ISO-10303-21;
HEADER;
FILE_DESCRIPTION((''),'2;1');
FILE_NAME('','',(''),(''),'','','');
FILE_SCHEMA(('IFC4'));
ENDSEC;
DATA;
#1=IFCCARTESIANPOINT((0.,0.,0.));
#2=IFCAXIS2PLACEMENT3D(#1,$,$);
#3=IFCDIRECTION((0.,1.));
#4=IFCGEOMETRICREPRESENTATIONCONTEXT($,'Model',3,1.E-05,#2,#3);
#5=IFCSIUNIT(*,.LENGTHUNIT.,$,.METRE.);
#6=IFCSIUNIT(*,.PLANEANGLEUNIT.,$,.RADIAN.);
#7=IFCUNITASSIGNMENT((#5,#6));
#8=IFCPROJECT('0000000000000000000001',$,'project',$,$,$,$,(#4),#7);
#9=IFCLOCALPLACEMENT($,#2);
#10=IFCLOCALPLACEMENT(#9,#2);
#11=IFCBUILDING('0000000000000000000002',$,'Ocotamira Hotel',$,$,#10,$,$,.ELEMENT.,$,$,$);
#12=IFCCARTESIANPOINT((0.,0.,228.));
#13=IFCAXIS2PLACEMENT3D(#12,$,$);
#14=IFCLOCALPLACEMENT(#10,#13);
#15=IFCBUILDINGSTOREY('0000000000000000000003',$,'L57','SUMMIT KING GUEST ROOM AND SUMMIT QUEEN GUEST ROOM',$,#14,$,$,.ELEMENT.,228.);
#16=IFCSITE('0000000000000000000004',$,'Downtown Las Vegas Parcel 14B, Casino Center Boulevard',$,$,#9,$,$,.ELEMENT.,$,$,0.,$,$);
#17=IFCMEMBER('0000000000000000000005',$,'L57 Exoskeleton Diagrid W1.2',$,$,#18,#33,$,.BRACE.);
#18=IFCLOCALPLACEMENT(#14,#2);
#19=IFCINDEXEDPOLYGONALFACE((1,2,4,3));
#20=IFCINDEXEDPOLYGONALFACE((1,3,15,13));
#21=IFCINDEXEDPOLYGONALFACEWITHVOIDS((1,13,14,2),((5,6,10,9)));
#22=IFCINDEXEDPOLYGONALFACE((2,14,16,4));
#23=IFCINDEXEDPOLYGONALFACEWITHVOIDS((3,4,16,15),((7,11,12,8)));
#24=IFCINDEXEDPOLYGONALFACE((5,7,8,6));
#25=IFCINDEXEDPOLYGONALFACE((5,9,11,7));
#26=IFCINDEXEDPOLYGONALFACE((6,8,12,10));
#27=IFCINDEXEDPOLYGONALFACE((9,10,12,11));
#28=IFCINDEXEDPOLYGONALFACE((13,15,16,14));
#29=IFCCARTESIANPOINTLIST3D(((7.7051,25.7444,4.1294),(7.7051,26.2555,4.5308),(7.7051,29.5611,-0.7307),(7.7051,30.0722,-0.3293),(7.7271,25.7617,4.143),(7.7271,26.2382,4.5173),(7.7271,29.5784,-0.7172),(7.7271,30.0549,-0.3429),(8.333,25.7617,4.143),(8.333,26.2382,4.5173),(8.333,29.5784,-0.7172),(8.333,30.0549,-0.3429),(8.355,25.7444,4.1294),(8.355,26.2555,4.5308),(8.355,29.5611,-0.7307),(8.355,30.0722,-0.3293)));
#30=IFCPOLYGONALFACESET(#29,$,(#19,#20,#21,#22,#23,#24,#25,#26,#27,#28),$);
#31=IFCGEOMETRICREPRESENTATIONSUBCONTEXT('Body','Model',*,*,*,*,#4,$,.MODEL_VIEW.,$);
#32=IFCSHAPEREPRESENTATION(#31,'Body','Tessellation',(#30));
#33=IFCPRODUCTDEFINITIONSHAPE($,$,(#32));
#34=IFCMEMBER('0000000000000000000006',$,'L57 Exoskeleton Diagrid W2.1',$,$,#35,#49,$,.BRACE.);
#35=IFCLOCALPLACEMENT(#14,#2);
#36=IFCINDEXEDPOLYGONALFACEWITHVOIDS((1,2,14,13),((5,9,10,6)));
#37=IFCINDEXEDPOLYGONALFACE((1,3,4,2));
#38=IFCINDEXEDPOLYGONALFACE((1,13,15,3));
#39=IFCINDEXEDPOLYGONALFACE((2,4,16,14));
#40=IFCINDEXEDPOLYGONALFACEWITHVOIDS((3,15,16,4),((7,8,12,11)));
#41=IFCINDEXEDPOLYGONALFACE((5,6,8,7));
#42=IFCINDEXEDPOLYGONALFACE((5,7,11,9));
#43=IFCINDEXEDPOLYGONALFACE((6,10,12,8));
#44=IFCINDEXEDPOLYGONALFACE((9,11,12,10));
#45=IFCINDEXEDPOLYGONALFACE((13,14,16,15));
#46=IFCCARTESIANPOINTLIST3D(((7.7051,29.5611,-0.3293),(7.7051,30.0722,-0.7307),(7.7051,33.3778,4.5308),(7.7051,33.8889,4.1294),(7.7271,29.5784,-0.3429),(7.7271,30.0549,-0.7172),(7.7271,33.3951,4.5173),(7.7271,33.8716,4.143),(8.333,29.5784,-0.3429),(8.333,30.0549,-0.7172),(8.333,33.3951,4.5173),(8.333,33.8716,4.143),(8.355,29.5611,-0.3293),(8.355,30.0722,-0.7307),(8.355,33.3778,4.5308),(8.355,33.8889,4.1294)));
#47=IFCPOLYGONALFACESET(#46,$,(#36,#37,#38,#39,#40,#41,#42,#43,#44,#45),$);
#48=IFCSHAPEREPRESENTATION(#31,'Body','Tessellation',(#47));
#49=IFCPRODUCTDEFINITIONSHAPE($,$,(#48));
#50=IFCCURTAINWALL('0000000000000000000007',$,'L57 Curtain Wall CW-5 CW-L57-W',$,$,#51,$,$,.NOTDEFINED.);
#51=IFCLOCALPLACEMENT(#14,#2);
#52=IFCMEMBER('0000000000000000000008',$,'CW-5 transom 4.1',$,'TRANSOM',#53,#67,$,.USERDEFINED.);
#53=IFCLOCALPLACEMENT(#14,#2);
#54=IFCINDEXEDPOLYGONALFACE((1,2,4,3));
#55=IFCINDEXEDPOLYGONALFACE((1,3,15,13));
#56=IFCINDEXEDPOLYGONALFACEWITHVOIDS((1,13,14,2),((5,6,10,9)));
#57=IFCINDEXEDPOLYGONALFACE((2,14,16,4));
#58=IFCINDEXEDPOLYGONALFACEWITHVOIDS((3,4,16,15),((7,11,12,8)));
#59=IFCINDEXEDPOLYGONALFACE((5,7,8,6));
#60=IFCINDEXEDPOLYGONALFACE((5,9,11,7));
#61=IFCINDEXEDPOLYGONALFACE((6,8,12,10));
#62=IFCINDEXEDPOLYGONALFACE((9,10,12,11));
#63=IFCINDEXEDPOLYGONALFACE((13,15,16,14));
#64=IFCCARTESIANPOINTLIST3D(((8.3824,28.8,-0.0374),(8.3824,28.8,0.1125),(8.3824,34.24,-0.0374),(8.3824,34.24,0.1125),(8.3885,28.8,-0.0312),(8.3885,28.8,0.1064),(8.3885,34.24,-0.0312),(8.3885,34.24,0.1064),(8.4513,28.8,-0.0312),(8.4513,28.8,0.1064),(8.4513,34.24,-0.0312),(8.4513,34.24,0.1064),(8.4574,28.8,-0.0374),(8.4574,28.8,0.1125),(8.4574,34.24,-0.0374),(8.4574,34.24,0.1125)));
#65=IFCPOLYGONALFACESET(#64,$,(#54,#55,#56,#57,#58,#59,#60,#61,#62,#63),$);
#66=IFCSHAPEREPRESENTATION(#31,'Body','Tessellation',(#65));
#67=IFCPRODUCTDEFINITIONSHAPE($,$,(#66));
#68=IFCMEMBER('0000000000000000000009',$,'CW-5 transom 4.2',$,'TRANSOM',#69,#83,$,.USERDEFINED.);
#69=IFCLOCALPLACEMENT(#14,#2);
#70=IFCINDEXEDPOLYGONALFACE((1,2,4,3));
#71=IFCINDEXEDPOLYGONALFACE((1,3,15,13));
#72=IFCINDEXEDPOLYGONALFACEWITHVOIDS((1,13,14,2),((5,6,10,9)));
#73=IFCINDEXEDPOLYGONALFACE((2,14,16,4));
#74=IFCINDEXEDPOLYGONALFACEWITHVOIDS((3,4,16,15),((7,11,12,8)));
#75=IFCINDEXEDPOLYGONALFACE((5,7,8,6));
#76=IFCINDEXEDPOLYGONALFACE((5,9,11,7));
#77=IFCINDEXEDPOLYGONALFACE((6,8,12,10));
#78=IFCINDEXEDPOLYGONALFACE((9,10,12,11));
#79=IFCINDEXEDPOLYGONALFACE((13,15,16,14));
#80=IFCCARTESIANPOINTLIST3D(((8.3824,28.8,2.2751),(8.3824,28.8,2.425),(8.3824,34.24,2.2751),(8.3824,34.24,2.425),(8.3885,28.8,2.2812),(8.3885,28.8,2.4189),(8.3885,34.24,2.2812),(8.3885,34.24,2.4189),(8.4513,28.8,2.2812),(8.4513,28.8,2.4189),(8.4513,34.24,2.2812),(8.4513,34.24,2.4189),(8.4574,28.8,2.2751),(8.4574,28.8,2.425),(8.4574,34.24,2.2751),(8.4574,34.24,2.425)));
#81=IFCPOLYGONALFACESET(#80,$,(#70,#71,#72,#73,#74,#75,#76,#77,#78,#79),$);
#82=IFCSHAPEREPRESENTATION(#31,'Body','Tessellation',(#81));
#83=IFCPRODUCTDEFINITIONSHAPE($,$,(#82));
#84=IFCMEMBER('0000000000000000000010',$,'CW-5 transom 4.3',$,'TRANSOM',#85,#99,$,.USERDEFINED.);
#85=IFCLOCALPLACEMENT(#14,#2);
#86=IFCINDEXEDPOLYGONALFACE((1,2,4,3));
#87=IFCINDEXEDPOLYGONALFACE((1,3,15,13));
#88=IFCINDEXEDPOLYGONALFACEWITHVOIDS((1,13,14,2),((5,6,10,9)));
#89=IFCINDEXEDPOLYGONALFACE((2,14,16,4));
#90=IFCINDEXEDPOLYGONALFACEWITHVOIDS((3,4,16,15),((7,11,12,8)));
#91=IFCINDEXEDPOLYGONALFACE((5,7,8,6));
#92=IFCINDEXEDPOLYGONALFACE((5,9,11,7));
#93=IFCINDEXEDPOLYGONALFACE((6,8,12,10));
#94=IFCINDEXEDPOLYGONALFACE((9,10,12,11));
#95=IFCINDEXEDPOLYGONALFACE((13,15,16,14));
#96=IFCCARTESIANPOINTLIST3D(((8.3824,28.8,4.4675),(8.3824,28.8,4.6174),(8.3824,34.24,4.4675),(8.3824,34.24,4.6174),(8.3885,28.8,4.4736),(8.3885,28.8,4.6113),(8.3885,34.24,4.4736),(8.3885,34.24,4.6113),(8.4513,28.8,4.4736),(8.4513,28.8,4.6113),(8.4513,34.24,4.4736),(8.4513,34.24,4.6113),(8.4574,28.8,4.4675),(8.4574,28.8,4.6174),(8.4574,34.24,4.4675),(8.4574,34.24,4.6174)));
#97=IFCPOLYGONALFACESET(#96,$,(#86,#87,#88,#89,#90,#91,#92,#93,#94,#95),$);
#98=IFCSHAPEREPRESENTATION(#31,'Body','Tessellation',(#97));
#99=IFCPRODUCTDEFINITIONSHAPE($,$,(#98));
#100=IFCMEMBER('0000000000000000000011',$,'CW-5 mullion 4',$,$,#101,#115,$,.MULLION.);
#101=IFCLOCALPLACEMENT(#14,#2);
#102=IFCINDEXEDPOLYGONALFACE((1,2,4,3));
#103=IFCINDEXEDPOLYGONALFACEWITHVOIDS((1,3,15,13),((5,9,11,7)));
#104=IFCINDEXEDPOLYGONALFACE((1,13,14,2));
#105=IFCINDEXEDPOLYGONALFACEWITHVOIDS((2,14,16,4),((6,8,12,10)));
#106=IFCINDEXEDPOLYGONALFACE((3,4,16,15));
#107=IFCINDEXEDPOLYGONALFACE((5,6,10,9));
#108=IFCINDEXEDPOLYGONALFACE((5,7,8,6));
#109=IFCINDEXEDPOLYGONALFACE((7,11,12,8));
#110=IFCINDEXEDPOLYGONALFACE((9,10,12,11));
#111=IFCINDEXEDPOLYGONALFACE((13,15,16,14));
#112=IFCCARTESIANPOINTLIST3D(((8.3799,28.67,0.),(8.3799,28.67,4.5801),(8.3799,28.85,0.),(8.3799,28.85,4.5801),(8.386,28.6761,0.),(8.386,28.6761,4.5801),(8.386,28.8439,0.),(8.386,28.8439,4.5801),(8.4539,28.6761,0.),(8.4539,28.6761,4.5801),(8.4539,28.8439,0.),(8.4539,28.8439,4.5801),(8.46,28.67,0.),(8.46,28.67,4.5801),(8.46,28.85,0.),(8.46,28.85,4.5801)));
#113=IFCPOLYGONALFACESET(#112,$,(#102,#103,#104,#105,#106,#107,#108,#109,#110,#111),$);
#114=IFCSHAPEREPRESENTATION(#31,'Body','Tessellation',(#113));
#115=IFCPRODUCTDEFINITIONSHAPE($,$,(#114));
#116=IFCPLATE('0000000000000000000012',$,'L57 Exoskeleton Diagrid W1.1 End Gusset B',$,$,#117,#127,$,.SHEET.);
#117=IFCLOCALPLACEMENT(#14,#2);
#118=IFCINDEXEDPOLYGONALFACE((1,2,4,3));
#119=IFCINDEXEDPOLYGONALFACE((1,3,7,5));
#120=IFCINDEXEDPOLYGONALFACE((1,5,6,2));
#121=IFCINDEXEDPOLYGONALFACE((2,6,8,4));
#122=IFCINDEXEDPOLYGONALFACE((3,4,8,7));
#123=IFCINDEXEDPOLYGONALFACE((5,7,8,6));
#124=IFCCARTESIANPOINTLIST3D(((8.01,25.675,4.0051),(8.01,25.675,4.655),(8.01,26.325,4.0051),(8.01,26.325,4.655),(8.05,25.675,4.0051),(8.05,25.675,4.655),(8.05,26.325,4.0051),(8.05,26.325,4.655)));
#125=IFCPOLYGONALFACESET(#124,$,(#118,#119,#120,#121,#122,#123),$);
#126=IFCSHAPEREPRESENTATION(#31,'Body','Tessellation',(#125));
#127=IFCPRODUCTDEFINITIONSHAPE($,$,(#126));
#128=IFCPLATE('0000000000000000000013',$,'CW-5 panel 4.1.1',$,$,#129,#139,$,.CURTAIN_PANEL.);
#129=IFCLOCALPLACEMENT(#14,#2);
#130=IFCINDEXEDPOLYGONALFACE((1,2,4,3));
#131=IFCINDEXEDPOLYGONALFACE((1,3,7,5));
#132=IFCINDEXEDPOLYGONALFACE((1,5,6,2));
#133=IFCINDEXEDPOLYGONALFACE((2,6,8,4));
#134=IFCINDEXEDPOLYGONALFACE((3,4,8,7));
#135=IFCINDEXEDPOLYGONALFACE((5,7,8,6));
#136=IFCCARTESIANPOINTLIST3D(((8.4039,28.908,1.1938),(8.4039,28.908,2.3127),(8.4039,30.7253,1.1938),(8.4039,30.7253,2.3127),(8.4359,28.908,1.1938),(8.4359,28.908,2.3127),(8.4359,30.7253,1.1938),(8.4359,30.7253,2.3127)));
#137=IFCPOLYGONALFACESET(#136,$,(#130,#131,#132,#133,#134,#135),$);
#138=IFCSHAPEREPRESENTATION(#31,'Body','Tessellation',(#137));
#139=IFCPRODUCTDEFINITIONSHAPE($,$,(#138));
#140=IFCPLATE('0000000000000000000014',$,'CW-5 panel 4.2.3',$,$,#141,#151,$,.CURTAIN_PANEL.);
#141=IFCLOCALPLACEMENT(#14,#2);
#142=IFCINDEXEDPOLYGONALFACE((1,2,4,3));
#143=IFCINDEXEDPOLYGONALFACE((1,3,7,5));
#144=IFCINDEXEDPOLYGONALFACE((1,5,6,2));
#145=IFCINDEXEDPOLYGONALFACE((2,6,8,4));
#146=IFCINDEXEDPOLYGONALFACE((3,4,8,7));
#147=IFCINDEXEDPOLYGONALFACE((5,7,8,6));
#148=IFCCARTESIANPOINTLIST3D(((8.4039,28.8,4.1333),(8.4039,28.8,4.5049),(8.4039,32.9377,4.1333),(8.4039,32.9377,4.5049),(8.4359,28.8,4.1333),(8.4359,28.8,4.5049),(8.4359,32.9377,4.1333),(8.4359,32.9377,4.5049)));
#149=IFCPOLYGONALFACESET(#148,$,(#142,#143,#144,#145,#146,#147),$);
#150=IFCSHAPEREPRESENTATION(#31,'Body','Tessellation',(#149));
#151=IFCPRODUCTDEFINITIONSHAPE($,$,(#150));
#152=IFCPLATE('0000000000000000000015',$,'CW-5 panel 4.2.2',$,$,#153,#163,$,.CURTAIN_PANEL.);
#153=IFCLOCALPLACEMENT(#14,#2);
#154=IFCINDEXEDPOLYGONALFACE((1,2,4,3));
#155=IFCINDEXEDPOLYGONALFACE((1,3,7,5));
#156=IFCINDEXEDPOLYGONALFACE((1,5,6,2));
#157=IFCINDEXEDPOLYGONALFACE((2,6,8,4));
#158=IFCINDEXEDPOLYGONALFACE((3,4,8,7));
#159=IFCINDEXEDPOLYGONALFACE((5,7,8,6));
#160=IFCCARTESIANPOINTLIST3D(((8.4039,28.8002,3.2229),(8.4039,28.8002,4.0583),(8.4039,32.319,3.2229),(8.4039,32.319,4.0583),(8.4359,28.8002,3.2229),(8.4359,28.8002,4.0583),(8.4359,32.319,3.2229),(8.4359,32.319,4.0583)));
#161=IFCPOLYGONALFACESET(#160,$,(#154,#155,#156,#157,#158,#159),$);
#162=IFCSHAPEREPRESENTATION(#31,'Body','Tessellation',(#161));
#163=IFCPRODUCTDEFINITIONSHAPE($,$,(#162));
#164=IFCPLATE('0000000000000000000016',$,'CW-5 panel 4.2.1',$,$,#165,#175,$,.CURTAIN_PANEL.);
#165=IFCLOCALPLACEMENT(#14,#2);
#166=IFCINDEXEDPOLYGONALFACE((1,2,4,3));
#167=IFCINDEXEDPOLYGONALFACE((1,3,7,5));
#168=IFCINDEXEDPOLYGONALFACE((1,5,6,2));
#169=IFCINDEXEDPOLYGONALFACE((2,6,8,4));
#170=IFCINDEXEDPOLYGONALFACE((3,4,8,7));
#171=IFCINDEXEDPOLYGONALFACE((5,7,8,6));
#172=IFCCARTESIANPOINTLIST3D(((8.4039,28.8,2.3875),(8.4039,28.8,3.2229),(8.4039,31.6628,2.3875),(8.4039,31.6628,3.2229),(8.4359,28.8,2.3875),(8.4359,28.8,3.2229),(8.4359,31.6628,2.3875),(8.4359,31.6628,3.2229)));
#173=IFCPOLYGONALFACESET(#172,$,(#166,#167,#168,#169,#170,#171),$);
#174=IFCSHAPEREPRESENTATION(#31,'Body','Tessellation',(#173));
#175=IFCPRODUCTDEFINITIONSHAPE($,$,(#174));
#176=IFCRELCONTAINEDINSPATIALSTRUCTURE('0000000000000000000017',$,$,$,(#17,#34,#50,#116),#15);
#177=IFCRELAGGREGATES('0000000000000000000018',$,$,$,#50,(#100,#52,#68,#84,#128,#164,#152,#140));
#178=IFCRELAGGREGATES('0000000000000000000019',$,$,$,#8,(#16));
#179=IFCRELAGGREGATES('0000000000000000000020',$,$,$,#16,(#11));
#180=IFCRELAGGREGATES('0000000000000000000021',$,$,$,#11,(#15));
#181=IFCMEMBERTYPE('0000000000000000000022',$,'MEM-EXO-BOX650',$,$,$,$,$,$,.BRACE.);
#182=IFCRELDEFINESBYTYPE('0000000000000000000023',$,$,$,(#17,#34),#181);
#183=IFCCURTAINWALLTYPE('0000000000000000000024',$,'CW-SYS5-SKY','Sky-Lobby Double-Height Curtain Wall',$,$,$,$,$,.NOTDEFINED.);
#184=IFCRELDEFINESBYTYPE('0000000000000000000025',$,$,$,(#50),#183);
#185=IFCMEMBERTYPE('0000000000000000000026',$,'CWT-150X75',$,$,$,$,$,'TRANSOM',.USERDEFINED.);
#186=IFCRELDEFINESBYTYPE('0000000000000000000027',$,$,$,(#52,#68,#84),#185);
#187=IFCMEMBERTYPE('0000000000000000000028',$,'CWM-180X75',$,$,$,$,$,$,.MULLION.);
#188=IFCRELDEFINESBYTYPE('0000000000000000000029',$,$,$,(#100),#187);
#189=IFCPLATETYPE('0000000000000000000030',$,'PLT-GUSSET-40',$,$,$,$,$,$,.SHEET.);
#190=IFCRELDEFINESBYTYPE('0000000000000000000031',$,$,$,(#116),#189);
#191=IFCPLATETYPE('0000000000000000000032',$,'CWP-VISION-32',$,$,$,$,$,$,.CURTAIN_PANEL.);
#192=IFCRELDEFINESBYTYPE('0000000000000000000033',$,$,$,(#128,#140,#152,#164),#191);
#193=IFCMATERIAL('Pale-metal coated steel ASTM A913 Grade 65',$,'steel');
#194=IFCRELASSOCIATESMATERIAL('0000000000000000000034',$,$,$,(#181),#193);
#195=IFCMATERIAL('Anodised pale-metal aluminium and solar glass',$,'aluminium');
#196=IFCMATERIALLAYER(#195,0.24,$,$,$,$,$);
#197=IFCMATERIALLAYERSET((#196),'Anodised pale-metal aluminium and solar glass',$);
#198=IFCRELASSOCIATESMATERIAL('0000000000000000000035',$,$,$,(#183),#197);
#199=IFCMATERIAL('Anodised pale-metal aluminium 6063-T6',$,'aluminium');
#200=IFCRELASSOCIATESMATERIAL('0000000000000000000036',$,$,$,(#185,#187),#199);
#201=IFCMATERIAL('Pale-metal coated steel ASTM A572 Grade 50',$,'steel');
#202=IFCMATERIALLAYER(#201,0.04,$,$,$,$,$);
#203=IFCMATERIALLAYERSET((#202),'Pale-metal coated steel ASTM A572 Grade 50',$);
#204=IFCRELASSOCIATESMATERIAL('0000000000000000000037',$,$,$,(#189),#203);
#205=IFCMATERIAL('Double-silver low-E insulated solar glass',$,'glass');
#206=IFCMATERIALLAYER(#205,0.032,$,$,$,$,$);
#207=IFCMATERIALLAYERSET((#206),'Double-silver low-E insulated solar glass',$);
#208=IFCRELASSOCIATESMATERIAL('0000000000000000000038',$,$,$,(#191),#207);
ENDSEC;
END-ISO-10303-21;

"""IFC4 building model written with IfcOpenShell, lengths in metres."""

from ifc_helpers import new_model, si_unit, direction, frame, origin, origin_2d, place, context, subcontext, project, spatial, rectangle, hollow_rectangle, extrude, source, transform, mapped, material, layer, layer_set, material_profile, profile_set, type_object, element, aggregate, save


model = new_model("IFC4")

# Units and contexts
model_context = context("Model", 3, precision=1e-05, world=origin(), true_north=direction((0.0, 1.0)))
body_context = subcontext(model_context, "Body", "Model", "MODEL_VIEW")
ifc_project = project(units=[si_unit("LENGTHUNIT", "METRE"), si_unit("PLANEANGLEUNIT", "RADIAN")], contexts=[model_context])

# Site, building, storey
site_placement = place(None, origin())
site = spatial("IfcSite", under=ifc_project, at=site_placement, Name="Downtown Las Vegas Parcel 14B, Casino Center Boulevard", CompositionType="ELEMENT", RefElevation=0.0)
building_placement = place(site_placement, origin())
building = spatial("IfcBuilding", under=site, at=building_placement, Name="Ocotamira Hotel", CompositionType="ELEMENT")
storey_placement = place(building_placement, frame((0.0, 0.0, 228.0)))
storey = spatial("IfcBuildingStorey", under=building, at=storey_placement, Name="L57", Description="SUMMIT KING GUEST ROOM AND SUMMIT QUEEN GUEST ROOM", CompositionType="ELEMENT", Elevation=228.0)

# Members
ifc_material_1 = material(Name="Pale-metal coated steel ASTM A913 Grade 65", Category="steel")
ifc_material_profile_1 = material_profile(ifc_material_1, hollow_rectangle(XDim=0.6499, YDim=0.6499, WallThickness=0.022, at=origin_2d()), Name="BOX650X650X22")
ifc_profile_set_1 = profile_set([ifc_material_profile_1], Name="Pale-metal coated steel ASTM A913 Grade 65")
member_type_1 = type_object("IfcMemberType", Name="MEM-EXO-BOX650", PredefinedType="BRACE", material=ifc_profile_set_1)
shared_shape_1 = source(origin(), body_context, "Body", "SweptSolid", [
    extrude(hollow_rectangle(XDim=0.6499, YDim=0.6499, WallThickness=0.022, at=origin_2d()), origin(), (0.0, 0.0, 1.0), 6.1797),
])
for number, where, z_axis, x_axis, name in (
    (1, (8.03, 29.8167, -0.53), (0.0, -0.617621, 0.786476), (1.0, 0.0, 0.0), "L57 Exoskeleton Diagrid W1.2"),
    (2, (8.03, 29.8167, -0.53), (0.0, 0.617621, 0.786476), (-1.0, 0.0, 0.0), "L57 Exoskeleton Diagrid W2.1"),
):
    element("IfcMember", number, at=place(storey_placement, frame(where, z_axis=z_axis, x_axis=x_axis)), inside=storey, type_object=member_type_1, Name=name, PredefinedType="BRACE", context=body_context, shape_type="MappedRepresentation", body=[
        mapped(shared_shape_1, transform((0.0, 0.0, 0.0), scale=1.0)),
    ])

# Curtain wall, members
ifc_material_2 = material(Name="Anodised pale-metal aluminium and solar glass", Category="aluminium")
ifc_layer_1 = layer(ifc_material_2, 0.24)
ifc_layer_set_1 = layer_set([ifc_layer_1], Name="Anodised pale-metal aluminium and solar glass")
curtain_wall_type = type_object("IfcCurtainWallType", Name="CW-SYS5-SKY", Description="Sky-Lobby Double-Height Curtain Wall", PredefinedType="NOTDEFINED", material=ifc_layer_set_1)
curtain_wall_placement = place(storey_placement, origin())
curtain_wall = element("IfcCurtainWall", 3, at=curtain_wall_placement, inside=storey, type_object=curtain_wall_type, Name="L57 Curtain Wall CW-5 CW-L57-W", PredefinedType="NOTDEFINED")
ifc_material_3 = material(Name="Anodised pale-metal aluminium 6063-T6", Category="aluminium")
ifc_material_profile_2 = material_profile(ifc_material_3, hollow_rectangle(XDim=0.075, YDim=0.1499, WallThickness=0.0061, at=origin_2d()), Name="HSS150X75X6")
ifc_profile_set_2 = profile_set([ifc_material_profile_2], Name="Anodised pale-metal aluminium 6063-T6")
member_type_2 = type_object("IfcMemberType", Name="CWT-150X75", ElementType="TRANSOM", PredefinedType="USERDEFINED", material=ifc_profile_set_2)
shared_shape_2 = source(origin(), body_context, "Body", "SweptSolid", [
    extrude(hollow_rectangle(XDim=0.075, YDim=0.1499, WallThickness=0.0061, at=origin_2d()), origin(), (0.0, 0.0, 1.0), 5.4399),
])
member_1_placement = place(storey_placement, frame((8.4199, 28.8, 0.0376), z_axis=(0.0, 1.0, 0.0), x_axis=(-1.0, 0.0, 0.0)))
member_1 = element("IfcMember", 4, at=member_1_placement, type_object=member_type_2, Name="CW-5 transom 4.1", ObjectType="TRANSOM", PredefinedType="USERDEFINED", context=body_context, shape_type="MappedRepresentation", body=[
    mapped(shared_shape_2, transform((0.0, 0.0, 0.0), scale=1.0)),
])
member_2_placement = place(storey_placement, frame((8.4199, 28.8, 2.3501), z_axis=(0.0, 1.0, 0.0), x_axis=(-1.0, 0.0, 0.0)))
member_2 = element("IfcMember", 5, at=member_2_placement, type_object=member_type_2, Name="CW-5 transom 4.2", ObjectType="TRANSOM", PredefinedType="USERDEFINED", context=body_context, shape_type="MappedRepresentation", body=[
    mapped(shared_shape_2, transform((0.0, 0.0, 0.0), scale=1.0)),
])
member_3_placement = place(storey_placement, frame((8.4199, 28.8, 4.5425), z_axis=(0.0, 1.0, 0.0), x_axis=(-1.0, 0.0, 0.0)))
member_3 = element("IfcMember", 6, at=member_3_placement, type_object=member_type_2, Name="CW-5 transom 4.3", ObjectType="TRANSOM", PredefinedType="USERDEFINED", context=body_context, shape_type="MappedRepresentation", body=[
    mapped(shared_shape_2, transform((0.0, 0.0, 0.0), scale=1.0)),
])
ifc_material_profile_3 = material_profile(ifc_material_3, hollow_rectangle(XDim=0.0801, YDim=0.1799, WallThickness=0.0061, at=origin_2d()), Name="HSS180X80X6")
ifc_profile_set_3 = profile_set([ifc_material_profile_3], Name="Anodised pale-metal aluminium 6063-T6")
member_type_3 = type_object("IfcMemberType", Name="CWM-180X75", PredefinedType="MULLION", material=ifc_profile_set_3)
shared_shape_3 = source(origin(), body_context, "Body", "SweptSolid", [
    extrude(hollow_rectangle(XDim=0.0801, YDim=0.1799, WallThickness=0.0061, at=origin_2d()), origin(), (0.0, 0.0, 1.0), 4.5801),
])
member_4_placement = place(storey_placement, frame((8.4199, 28.76, 0.0), z_axis=(0.0, 0.0, 1.0), x_axis=(-1.0, 0.0, 0.0)))
member_4 = element("IfcMember", 7, at=member_4_placement, type_object=member_type_3, Name="CW-5 mullion 4", PredefinedType="MULLION", context=body_context, shape_type="MappedRepresentation", body=[
    mapped(shared_shape_3, transform((0.0, 0.0, 0.0), scale=1.0)),
])

# Plates
ifc_material_4 = material(Name="Pale-metal coated steel ASTM A572 Grade 50", Category="steel")
ifc_layer_2 = layer(ifc_material_4, 0.04)
ifc_layer_set_2 = layer_set([ifc_layer_2], Name="Pale-metal coated steel ASTM A572 Grade 50")
plate_type_1 = type_object("IfcPlateType", Name="PLT-GUSSET-40", PredefinedType="SHEET", material=ifc_layer_set_2)
shared_shape_4 = source(origin(), body_context, "Body", "SweptSolid", [
    extrude(rectangle(XDim=0.04, YDim=0.6499, at=origin_2d()), origin(), (0.0, 0.0, 1.0), 0.6499),
])
plate_1_placement = place(storey_placement, frame((8.03, 26.0, 4.0051), z_axis=(0.0, 0.0, 1.0), x_axis=(1.0, 0.0, 0.0)))
element("IfcPlate", 8, at=plate_1_placement, inside=storey, type_object=plate_type_1, Name="L57 Exoskeleton Diagrid W1.1 End Gusset B", PredefinedType="SHEET", context=body_context, shape_type="MappedRepresentation", body=[
    mapped(shared_shape_4, transform((0.0, 0.0, 0.0), scale=1.0)),
])
ifc_material_5 = material(Name="Double-silver low-E insulated solar glass", Category="glass")
ifc_layer_3 = layer(ifc_material_5, 0.032)
ifc_layer_set_3 = layer_set([ifc_layer_3], Name="Double-silver low-E insulated solar glass")
plate_type_2 = type_object("IfcPlateType", Name="CWP-VISION-32", PredefinedType="CURTAIN_PANEL", material=ifc_layer_set_3)
shared_shape_5 = source(origin(), body_context, "Body", "SweptSolid", [
    extrude(rectangle(XDim=1.8174, YDim=0.032, at=origin_2d()), origin(), (0.0, 0.0, 1.0), 1.1189),
])
plate_2_placement = place(storey_placement, frame((8.4199, 29.8167, 1.1938), z_axis=(0.0, 0.0, 1.0), x_axis=(0.0, 1.0, 0.0)))
plate_2 = element("IfcPlate", 9, at=plate_2_placement, type_object=plate_type_2, Name="CW-5 panel 4.1.1", PredefinedType="CURTAIN_PANEL", context=body_context, shape_type="MappedRepresentation", body=[
    mapped(shared_shape_5, transform((0.0, 0.0, 0.0), scale=1.0)),
])
shared_shape_6 = source(origin(), body_context, "Body", "SweptSolid", [
    extrude(rectangle(XDim=4.1377, YDim=0.032, at=origin_2d()), origin(), (0.0, 0.0, 1.0), 0.3716),
])
plate_3_placement = place(storey_placement, frame((8.4199, 30.8689, 4.1333), z_axis=(0.0, 0.0, 1.0), x_axis=(0.0, 1.0, 0.0)))
plate_3 = element("IfcPlate", 10, at=plate_3_placement, type_object=plate_type_2, Name="CW-5 panel 4.2.3", PredefinedType="CURTAIN_PANEL", context=body_context, shape_type="MappedRepresentation", body=[
    mapped(shared_shape_6, transform((0.0, 0.0, 0.0), scale=1.0)),
])
shared_shape_7 = source(origin(), body_context, "Body", "SweptSolid", [
    extrude(rectangle(XDim=3.5188, YDim=0.032, at=origin_2d()), origin(), (0.0, 0.0, 1.0), 0.8354),
])
plate_4_placement = place(storey_placement, frame((8.4199, 30.5596, 3.2229), z_axis=(0.0, 0.0, 1.0), x_axis=(0.0, 1.0, 0.0)))
plate_4 = element("IfcPlate", 11, at=plate_4_placement, type_object=plate_type_2, Name="CW-5 panel 4.2.2", PredefinedType="CURTAIN_PANEL", context=body_context, shape_type="MappedRepresentation", body=[
    mapped(shared_shape_7, transform((0.0, 0.0, 0.0), scale=1.0)),
])
shared_shape_8 = source(origin(), body_context, "Body", "SweptSolid", [
    extrude(rectangle(XDim=2.8628, YDim=0.032, at=origin_2d()), origin(), (0.0, 0.0, 1.0), 0.8354),
])
plate_5_placement = place(storey_placement, frame((8.4199, 30.2314, 2.3875), z_axis=(0.0, 0.0, 1.0), x_axis=(0.0, 1.0, 0.0)))
plate_5 = element("IfcPlate", 12, at=plate_5_placement, type_object=plate_type_2, Name="CW-5 panel 4.2.1", PredefinedType="CURTAIN_PANEL", context=body_context, shape_type="MappedRepresentation", body=[
    mapped(shared_shape_8, transform((0.0, 0.0, 0.0), scale=1.0)),
])
aggregate(curtain_wall, [member_4, member_1, member_2, member_3, plate_2, plate_5, plate_4, plate_3])

save(model, "model.ifc")
